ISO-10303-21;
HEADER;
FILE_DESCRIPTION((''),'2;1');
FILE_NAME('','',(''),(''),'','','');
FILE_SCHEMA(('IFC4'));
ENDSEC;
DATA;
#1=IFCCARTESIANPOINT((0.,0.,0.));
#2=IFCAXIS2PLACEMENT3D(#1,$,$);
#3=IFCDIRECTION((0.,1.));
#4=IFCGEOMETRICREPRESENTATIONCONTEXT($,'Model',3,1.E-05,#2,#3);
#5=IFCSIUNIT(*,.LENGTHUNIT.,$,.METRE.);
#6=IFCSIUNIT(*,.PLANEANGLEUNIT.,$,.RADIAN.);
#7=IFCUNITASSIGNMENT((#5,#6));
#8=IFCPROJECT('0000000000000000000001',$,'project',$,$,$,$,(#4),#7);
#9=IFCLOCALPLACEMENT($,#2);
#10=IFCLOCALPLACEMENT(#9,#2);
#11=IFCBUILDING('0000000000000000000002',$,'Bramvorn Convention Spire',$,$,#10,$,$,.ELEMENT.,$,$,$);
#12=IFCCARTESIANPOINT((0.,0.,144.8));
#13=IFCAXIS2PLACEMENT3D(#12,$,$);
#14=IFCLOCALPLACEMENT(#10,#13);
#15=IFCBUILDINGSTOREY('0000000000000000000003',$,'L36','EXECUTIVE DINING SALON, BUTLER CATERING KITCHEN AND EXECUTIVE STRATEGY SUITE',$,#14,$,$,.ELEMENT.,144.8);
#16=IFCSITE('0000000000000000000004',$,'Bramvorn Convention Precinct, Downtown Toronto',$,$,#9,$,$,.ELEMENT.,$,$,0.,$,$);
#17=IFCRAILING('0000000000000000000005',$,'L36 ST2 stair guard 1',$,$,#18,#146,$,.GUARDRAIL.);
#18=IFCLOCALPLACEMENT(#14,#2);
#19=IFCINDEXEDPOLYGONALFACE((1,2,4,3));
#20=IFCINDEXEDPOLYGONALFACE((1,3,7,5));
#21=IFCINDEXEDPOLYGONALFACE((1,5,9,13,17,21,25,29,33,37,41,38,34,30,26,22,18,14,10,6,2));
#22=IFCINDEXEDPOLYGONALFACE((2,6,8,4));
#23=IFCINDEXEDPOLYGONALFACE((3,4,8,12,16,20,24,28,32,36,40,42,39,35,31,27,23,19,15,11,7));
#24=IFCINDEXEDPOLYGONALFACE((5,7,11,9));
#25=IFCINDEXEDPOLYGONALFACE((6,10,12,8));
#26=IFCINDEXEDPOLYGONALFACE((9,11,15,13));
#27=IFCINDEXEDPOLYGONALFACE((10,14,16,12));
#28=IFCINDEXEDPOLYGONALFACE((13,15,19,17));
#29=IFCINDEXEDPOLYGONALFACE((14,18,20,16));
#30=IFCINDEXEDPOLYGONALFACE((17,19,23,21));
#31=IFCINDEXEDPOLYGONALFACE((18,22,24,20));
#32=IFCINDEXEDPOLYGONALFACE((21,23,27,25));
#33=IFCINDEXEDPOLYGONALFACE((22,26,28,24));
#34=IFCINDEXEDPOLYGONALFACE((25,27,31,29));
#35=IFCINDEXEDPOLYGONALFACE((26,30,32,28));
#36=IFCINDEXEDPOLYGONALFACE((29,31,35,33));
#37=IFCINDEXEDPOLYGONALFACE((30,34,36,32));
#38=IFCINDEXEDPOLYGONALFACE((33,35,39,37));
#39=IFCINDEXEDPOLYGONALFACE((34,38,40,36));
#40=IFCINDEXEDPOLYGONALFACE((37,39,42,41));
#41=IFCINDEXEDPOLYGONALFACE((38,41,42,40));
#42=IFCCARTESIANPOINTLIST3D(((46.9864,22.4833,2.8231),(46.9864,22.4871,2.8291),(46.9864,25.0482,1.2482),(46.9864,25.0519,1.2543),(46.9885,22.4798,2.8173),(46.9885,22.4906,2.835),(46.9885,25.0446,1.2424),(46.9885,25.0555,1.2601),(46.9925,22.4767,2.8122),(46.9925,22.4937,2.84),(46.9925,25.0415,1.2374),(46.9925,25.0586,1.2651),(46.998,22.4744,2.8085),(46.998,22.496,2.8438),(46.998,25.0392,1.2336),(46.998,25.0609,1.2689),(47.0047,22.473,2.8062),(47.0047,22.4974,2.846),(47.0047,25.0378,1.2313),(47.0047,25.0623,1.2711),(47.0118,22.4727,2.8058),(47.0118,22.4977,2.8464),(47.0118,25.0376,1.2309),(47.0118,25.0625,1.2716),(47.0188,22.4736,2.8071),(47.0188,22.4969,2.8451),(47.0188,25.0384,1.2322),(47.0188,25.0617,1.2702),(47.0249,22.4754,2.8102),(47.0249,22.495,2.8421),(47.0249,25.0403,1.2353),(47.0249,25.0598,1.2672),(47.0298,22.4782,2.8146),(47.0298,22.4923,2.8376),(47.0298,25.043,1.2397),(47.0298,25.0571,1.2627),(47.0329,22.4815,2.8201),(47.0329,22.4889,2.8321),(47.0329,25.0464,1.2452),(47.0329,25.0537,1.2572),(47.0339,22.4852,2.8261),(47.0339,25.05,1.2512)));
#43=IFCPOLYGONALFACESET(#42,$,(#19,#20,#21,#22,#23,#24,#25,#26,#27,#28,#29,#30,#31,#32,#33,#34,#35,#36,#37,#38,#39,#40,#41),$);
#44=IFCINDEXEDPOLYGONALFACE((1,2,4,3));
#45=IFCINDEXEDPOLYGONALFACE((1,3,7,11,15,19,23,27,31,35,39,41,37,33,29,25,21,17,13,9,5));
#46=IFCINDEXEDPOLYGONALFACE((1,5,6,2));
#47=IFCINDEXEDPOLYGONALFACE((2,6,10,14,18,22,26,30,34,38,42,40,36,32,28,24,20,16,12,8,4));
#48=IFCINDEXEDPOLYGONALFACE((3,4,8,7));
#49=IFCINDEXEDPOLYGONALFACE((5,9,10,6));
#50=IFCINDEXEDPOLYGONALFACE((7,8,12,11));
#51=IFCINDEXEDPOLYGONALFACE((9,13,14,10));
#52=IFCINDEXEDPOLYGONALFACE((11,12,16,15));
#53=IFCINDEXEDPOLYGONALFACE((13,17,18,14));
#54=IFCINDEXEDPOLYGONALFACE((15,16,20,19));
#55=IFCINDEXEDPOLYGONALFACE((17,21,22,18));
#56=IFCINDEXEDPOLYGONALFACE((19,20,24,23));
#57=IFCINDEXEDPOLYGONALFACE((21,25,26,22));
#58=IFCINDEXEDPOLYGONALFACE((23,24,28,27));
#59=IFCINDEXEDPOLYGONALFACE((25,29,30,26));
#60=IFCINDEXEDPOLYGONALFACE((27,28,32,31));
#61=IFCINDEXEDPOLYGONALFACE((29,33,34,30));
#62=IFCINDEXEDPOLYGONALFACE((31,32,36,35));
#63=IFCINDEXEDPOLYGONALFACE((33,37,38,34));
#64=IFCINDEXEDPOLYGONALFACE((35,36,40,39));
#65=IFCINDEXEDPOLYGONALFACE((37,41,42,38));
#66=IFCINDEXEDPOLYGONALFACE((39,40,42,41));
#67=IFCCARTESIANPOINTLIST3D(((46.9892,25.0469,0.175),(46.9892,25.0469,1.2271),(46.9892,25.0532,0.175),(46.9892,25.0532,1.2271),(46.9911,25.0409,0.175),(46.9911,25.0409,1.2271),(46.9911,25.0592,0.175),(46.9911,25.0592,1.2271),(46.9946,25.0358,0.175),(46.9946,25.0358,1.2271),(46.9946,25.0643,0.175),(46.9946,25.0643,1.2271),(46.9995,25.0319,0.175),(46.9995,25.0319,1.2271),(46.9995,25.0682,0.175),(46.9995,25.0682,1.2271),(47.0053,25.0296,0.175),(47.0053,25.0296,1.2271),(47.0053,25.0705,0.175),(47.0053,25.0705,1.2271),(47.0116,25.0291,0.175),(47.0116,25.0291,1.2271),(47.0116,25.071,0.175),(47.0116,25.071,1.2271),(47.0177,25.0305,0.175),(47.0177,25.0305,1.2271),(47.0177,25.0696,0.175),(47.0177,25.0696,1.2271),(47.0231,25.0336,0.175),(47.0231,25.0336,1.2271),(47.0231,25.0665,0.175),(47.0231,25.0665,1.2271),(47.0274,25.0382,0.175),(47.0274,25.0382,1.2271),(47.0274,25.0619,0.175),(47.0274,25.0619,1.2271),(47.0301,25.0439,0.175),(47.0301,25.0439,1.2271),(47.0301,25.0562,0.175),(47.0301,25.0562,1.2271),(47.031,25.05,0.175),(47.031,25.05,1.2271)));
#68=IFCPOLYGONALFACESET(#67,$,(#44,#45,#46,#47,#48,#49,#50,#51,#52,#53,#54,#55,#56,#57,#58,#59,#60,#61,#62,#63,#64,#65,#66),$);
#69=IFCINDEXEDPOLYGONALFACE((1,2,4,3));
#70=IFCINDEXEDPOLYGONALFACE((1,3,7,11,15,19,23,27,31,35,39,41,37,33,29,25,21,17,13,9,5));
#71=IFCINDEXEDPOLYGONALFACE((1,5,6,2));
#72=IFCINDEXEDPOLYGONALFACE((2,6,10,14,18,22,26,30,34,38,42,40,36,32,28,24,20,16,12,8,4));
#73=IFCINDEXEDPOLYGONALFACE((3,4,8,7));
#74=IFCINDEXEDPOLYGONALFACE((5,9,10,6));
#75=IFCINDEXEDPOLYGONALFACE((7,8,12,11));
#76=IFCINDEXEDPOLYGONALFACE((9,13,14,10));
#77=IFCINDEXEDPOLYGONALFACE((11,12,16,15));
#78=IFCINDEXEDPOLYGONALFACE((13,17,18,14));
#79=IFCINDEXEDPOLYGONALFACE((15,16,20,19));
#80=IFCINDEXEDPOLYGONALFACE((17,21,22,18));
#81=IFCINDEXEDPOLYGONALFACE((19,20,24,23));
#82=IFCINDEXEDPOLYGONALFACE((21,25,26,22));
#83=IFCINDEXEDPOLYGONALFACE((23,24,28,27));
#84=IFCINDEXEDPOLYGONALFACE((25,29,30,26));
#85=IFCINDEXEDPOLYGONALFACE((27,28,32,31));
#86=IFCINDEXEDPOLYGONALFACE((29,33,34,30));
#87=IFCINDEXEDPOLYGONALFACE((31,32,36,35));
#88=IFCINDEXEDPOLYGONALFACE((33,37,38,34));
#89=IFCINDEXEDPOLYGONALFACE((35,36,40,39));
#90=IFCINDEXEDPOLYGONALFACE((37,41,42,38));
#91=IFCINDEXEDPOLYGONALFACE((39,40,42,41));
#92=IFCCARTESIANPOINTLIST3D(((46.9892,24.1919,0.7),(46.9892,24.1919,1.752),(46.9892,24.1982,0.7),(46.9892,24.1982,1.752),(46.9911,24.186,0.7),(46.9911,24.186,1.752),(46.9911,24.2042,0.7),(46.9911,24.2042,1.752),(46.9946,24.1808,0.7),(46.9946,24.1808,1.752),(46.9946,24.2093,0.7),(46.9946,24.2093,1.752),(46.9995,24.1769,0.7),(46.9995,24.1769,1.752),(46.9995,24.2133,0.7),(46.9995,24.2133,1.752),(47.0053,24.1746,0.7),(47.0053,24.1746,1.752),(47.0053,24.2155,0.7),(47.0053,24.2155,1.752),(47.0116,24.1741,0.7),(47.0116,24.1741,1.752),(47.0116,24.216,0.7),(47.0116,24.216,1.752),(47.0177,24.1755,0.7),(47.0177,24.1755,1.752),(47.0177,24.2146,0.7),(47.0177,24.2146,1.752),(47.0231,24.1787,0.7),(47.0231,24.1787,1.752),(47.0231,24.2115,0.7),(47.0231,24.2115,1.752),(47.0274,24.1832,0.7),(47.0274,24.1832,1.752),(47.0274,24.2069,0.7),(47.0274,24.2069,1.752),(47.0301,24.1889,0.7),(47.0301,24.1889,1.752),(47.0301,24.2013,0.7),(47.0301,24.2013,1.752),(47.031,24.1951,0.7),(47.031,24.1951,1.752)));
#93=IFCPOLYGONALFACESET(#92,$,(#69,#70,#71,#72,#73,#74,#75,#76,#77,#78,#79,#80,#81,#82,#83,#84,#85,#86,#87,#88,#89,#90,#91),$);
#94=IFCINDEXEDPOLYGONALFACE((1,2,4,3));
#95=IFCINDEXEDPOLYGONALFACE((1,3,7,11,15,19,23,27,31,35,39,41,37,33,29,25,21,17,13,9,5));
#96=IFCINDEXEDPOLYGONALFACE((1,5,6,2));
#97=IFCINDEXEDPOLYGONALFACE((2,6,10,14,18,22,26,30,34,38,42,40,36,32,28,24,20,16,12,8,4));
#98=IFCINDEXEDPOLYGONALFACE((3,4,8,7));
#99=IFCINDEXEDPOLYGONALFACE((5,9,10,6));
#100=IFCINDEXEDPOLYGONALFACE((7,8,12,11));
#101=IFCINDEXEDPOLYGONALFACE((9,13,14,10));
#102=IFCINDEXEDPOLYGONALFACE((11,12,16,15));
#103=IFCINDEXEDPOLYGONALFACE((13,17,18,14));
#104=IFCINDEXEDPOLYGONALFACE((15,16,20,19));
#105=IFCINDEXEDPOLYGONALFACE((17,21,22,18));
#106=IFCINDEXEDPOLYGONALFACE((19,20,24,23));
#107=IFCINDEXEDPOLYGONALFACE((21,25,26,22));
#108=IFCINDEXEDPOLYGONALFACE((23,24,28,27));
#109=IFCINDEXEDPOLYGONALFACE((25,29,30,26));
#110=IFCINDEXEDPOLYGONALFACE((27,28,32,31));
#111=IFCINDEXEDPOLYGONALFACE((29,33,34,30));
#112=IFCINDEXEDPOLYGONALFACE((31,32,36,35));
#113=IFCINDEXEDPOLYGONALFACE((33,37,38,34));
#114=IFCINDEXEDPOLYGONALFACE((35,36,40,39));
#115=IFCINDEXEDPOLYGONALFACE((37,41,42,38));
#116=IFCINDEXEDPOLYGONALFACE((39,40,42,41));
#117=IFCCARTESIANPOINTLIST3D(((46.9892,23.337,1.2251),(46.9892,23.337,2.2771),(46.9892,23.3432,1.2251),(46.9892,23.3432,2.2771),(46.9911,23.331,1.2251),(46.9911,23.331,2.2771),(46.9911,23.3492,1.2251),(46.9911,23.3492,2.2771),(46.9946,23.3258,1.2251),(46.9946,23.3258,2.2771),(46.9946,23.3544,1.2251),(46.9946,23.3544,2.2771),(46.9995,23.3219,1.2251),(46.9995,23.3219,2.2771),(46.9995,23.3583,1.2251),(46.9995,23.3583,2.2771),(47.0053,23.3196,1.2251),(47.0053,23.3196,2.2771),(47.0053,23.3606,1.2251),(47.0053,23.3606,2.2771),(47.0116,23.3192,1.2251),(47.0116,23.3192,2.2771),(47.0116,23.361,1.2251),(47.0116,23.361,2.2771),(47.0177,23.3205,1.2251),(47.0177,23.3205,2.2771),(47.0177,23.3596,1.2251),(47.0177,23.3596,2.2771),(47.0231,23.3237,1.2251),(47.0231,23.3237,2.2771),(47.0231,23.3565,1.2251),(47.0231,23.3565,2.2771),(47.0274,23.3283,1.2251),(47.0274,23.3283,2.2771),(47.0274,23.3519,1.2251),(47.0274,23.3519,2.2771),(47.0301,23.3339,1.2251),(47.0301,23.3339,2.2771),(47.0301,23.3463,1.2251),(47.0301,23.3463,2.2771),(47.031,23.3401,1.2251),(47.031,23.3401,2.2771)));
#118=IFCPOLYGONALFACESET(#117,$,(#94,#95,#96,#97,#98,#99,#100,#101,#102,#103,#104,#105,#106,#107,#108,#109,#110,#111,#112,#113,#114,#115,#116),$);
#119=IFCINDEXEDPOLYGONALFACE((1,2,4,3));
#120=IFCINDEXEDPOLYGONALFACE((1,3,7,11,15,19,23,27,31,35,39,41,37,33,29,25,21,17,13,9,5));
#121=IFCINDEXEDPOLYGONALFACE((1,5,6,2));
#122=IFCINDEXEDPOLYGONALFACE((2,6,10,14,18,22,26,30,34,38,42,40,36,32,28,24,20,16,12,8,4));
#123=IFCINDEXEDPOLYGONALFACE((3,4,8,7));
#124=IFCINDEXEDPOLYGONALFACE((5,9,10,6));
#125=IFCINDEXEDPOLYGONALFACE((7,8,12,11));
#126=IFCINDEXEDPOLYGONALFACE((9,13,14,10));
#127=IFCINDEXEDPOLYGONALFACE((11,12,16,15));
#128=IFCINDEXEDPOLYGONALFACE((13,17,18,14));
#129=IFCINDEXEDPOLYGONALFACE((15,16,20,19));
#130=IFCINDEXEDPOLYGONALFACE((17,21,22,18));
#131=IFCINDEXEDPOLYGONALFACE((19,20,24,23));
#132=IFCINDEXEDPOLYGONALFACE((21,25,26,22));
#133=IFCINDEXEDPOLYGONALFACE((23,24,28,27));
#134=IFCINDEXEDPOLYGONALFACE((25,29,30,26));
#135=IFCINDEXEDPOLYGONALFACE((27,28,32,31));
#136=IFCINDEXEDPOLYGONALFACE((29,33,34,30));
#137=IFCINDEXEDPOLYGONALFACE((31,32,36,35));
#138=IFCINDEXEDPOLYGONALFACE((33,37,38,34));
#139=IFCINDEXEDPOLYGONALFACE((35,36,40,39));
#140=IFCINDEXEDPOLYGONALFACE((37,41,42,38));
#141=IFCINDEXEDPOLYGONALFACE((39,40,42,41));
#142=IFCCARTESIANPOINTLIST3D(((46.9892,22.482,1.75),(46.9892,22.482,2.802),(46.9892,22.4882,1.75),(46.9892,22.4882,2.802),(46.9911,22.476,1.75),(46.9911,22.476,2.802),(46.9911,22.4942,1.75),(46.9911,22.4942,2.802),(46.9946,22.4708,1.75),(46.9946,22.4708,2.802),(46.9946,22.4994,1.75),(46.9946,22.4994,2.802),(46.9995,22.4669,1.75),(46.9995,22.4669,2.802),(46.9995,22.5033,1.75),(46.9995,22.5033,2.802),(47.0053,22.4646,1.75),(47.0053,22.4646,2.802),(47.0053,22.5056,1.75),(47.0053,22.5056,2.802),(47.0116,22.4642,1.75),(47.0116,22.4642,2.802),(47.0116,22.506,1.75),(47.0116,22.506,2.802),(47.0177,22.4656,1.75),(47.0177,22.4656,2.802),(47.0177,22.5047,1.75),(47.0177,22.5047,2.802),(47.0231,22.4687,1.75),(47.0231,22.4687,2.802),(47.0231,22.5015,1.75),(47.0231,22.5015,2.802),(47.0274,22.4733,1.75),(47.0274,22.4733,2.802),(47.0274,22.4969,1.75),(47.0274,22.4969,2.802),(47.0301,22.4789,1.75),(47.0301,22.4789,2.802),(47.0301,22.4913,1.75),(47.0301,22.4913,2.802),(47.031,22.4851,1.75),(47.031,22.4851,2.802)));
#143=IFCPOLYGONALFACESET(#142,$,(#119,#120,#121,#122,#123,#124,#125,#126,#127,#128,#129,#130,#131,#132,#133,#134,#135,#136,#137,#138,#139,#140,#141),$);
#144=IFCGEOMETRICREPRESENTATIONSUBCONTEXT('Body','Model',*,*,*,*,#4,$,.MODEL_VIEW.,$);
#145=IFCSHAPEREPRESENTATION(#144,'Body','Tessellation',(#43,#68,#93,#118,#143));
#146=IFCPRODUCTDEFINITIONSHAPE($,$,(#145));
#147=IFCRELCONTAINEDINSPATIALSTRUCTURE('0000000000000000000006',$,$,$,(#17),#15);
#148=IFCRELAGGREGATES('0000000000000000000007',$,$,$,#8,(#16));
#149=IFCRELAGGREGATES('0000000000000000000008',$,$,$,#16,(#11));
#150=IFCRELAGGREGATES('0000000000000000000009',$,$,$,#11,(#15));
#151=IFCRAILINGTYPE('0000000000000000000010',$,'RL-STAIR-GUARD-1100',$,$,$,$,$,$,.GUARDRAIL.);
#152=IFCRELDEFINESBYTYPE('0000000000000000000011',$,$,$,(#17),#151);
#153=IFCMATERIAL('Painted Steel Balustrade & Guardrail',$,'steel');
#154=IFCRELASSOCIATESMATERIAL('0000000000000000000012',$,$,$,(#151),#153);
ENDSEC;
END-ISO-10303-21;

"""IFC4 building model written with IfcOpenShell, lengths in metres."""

from ifc_helpers import new_model, si_unit, direction, frame, origin, origin_2d, place, context, subcontext, project, spatial, circle, extrude, material, type_object, element, save


model = new_model("IFC4")

# Units and contexts
model_context = context("Model", 3, precision=1e-05, world=origin(), true_north=direction((0.0, 1.0)))
body_context = subcontext(model_context, "Body", "Model", "MODEL_VIEW")
ifc_project = project(units=[si_unit("LENGTHUNIT", "METRE"), si_unit("PLANEANGLEUNIT", "RADIAN")], contexts=[model_context])

# Site, building, storey
site_placement = place(None, origin())
site = spatial("IfcSite", under=ifc_project, at=site_placement, Name="Bramvorn Convention Precinct, Downtown Toronto", CompositionType="ELEMENT", RefElevation=0.0)
building_placement = place(site_placement, origin())
building = spatial("IfcBuilding", under=site, at=building_placement, Name="Bramvorn Convention Spire", CompositionType="ELEMENT")
storey_placement = place(building_placement, frame((0.0, 0.0, 144.8)))
storey = spatial("IfcBuildingStorey", under=building, at=storey_placement, Name="L36", Description="EXECUTIVE DINING SALON, BUTLER CATERING KITCHEN AND EXECUTIVE STRATEGY SUITE", CompositionType="ELEMENT", Elevation=144.8)

# Railing
ifc_material_1 = material(Name="Painted Steel Balustrade & Guardrail", Category="steel")
railing_type_1 = type_object("IfcRailingType", Name="RL-STAIR-GUARD-1100", PredefinedType="GUARDRAIL", material=ifc_material_1)
railing_1_placement = place(storey_placement, frame((47.01, 25.05, 0.175)))
element("IfcRailing", 1, at=railing_1_placement, inside=storey, type_object=railing_type_1, Name="L36 ST2 stair guard 1", PredefinedType="GUARDRAIL", context=body_context, shape_type="SweptSolid", body=[
    extrude(circle(Radius=0.0239, at=origin_2d()), frame((0.0, 0.0, 1.0762), z_axis=(0.0, -0.852173, 0.52326), x_axis=(1.0, 0.0, 0.0)), (0.0, 0.0, 1.0), 3.0098),
    extrude(circle(Radius=0.021, at=origin_2d()), origin(), (0.0, 0.0, 1.0), 1.052),
    extrude(circle(Radius=0.021, at=origin_2d()), frame((0.0, -0.855, 0.5249)), (0.0, 0.0, 1.0), 1.052),
    extrude(circle(Radius=0.021, at=origin_2d()), frame((0.0, -1.71, 1.05)), (0.0, 0.0, 1.0), 1.052),
    extrude(circle(Radius=0.021, at=origin_2d()), frame((0.0, -2.5649, 1.575)), (0.0, 0.0, 1.0), 1.052),
])

save(model, "model.ifc")
